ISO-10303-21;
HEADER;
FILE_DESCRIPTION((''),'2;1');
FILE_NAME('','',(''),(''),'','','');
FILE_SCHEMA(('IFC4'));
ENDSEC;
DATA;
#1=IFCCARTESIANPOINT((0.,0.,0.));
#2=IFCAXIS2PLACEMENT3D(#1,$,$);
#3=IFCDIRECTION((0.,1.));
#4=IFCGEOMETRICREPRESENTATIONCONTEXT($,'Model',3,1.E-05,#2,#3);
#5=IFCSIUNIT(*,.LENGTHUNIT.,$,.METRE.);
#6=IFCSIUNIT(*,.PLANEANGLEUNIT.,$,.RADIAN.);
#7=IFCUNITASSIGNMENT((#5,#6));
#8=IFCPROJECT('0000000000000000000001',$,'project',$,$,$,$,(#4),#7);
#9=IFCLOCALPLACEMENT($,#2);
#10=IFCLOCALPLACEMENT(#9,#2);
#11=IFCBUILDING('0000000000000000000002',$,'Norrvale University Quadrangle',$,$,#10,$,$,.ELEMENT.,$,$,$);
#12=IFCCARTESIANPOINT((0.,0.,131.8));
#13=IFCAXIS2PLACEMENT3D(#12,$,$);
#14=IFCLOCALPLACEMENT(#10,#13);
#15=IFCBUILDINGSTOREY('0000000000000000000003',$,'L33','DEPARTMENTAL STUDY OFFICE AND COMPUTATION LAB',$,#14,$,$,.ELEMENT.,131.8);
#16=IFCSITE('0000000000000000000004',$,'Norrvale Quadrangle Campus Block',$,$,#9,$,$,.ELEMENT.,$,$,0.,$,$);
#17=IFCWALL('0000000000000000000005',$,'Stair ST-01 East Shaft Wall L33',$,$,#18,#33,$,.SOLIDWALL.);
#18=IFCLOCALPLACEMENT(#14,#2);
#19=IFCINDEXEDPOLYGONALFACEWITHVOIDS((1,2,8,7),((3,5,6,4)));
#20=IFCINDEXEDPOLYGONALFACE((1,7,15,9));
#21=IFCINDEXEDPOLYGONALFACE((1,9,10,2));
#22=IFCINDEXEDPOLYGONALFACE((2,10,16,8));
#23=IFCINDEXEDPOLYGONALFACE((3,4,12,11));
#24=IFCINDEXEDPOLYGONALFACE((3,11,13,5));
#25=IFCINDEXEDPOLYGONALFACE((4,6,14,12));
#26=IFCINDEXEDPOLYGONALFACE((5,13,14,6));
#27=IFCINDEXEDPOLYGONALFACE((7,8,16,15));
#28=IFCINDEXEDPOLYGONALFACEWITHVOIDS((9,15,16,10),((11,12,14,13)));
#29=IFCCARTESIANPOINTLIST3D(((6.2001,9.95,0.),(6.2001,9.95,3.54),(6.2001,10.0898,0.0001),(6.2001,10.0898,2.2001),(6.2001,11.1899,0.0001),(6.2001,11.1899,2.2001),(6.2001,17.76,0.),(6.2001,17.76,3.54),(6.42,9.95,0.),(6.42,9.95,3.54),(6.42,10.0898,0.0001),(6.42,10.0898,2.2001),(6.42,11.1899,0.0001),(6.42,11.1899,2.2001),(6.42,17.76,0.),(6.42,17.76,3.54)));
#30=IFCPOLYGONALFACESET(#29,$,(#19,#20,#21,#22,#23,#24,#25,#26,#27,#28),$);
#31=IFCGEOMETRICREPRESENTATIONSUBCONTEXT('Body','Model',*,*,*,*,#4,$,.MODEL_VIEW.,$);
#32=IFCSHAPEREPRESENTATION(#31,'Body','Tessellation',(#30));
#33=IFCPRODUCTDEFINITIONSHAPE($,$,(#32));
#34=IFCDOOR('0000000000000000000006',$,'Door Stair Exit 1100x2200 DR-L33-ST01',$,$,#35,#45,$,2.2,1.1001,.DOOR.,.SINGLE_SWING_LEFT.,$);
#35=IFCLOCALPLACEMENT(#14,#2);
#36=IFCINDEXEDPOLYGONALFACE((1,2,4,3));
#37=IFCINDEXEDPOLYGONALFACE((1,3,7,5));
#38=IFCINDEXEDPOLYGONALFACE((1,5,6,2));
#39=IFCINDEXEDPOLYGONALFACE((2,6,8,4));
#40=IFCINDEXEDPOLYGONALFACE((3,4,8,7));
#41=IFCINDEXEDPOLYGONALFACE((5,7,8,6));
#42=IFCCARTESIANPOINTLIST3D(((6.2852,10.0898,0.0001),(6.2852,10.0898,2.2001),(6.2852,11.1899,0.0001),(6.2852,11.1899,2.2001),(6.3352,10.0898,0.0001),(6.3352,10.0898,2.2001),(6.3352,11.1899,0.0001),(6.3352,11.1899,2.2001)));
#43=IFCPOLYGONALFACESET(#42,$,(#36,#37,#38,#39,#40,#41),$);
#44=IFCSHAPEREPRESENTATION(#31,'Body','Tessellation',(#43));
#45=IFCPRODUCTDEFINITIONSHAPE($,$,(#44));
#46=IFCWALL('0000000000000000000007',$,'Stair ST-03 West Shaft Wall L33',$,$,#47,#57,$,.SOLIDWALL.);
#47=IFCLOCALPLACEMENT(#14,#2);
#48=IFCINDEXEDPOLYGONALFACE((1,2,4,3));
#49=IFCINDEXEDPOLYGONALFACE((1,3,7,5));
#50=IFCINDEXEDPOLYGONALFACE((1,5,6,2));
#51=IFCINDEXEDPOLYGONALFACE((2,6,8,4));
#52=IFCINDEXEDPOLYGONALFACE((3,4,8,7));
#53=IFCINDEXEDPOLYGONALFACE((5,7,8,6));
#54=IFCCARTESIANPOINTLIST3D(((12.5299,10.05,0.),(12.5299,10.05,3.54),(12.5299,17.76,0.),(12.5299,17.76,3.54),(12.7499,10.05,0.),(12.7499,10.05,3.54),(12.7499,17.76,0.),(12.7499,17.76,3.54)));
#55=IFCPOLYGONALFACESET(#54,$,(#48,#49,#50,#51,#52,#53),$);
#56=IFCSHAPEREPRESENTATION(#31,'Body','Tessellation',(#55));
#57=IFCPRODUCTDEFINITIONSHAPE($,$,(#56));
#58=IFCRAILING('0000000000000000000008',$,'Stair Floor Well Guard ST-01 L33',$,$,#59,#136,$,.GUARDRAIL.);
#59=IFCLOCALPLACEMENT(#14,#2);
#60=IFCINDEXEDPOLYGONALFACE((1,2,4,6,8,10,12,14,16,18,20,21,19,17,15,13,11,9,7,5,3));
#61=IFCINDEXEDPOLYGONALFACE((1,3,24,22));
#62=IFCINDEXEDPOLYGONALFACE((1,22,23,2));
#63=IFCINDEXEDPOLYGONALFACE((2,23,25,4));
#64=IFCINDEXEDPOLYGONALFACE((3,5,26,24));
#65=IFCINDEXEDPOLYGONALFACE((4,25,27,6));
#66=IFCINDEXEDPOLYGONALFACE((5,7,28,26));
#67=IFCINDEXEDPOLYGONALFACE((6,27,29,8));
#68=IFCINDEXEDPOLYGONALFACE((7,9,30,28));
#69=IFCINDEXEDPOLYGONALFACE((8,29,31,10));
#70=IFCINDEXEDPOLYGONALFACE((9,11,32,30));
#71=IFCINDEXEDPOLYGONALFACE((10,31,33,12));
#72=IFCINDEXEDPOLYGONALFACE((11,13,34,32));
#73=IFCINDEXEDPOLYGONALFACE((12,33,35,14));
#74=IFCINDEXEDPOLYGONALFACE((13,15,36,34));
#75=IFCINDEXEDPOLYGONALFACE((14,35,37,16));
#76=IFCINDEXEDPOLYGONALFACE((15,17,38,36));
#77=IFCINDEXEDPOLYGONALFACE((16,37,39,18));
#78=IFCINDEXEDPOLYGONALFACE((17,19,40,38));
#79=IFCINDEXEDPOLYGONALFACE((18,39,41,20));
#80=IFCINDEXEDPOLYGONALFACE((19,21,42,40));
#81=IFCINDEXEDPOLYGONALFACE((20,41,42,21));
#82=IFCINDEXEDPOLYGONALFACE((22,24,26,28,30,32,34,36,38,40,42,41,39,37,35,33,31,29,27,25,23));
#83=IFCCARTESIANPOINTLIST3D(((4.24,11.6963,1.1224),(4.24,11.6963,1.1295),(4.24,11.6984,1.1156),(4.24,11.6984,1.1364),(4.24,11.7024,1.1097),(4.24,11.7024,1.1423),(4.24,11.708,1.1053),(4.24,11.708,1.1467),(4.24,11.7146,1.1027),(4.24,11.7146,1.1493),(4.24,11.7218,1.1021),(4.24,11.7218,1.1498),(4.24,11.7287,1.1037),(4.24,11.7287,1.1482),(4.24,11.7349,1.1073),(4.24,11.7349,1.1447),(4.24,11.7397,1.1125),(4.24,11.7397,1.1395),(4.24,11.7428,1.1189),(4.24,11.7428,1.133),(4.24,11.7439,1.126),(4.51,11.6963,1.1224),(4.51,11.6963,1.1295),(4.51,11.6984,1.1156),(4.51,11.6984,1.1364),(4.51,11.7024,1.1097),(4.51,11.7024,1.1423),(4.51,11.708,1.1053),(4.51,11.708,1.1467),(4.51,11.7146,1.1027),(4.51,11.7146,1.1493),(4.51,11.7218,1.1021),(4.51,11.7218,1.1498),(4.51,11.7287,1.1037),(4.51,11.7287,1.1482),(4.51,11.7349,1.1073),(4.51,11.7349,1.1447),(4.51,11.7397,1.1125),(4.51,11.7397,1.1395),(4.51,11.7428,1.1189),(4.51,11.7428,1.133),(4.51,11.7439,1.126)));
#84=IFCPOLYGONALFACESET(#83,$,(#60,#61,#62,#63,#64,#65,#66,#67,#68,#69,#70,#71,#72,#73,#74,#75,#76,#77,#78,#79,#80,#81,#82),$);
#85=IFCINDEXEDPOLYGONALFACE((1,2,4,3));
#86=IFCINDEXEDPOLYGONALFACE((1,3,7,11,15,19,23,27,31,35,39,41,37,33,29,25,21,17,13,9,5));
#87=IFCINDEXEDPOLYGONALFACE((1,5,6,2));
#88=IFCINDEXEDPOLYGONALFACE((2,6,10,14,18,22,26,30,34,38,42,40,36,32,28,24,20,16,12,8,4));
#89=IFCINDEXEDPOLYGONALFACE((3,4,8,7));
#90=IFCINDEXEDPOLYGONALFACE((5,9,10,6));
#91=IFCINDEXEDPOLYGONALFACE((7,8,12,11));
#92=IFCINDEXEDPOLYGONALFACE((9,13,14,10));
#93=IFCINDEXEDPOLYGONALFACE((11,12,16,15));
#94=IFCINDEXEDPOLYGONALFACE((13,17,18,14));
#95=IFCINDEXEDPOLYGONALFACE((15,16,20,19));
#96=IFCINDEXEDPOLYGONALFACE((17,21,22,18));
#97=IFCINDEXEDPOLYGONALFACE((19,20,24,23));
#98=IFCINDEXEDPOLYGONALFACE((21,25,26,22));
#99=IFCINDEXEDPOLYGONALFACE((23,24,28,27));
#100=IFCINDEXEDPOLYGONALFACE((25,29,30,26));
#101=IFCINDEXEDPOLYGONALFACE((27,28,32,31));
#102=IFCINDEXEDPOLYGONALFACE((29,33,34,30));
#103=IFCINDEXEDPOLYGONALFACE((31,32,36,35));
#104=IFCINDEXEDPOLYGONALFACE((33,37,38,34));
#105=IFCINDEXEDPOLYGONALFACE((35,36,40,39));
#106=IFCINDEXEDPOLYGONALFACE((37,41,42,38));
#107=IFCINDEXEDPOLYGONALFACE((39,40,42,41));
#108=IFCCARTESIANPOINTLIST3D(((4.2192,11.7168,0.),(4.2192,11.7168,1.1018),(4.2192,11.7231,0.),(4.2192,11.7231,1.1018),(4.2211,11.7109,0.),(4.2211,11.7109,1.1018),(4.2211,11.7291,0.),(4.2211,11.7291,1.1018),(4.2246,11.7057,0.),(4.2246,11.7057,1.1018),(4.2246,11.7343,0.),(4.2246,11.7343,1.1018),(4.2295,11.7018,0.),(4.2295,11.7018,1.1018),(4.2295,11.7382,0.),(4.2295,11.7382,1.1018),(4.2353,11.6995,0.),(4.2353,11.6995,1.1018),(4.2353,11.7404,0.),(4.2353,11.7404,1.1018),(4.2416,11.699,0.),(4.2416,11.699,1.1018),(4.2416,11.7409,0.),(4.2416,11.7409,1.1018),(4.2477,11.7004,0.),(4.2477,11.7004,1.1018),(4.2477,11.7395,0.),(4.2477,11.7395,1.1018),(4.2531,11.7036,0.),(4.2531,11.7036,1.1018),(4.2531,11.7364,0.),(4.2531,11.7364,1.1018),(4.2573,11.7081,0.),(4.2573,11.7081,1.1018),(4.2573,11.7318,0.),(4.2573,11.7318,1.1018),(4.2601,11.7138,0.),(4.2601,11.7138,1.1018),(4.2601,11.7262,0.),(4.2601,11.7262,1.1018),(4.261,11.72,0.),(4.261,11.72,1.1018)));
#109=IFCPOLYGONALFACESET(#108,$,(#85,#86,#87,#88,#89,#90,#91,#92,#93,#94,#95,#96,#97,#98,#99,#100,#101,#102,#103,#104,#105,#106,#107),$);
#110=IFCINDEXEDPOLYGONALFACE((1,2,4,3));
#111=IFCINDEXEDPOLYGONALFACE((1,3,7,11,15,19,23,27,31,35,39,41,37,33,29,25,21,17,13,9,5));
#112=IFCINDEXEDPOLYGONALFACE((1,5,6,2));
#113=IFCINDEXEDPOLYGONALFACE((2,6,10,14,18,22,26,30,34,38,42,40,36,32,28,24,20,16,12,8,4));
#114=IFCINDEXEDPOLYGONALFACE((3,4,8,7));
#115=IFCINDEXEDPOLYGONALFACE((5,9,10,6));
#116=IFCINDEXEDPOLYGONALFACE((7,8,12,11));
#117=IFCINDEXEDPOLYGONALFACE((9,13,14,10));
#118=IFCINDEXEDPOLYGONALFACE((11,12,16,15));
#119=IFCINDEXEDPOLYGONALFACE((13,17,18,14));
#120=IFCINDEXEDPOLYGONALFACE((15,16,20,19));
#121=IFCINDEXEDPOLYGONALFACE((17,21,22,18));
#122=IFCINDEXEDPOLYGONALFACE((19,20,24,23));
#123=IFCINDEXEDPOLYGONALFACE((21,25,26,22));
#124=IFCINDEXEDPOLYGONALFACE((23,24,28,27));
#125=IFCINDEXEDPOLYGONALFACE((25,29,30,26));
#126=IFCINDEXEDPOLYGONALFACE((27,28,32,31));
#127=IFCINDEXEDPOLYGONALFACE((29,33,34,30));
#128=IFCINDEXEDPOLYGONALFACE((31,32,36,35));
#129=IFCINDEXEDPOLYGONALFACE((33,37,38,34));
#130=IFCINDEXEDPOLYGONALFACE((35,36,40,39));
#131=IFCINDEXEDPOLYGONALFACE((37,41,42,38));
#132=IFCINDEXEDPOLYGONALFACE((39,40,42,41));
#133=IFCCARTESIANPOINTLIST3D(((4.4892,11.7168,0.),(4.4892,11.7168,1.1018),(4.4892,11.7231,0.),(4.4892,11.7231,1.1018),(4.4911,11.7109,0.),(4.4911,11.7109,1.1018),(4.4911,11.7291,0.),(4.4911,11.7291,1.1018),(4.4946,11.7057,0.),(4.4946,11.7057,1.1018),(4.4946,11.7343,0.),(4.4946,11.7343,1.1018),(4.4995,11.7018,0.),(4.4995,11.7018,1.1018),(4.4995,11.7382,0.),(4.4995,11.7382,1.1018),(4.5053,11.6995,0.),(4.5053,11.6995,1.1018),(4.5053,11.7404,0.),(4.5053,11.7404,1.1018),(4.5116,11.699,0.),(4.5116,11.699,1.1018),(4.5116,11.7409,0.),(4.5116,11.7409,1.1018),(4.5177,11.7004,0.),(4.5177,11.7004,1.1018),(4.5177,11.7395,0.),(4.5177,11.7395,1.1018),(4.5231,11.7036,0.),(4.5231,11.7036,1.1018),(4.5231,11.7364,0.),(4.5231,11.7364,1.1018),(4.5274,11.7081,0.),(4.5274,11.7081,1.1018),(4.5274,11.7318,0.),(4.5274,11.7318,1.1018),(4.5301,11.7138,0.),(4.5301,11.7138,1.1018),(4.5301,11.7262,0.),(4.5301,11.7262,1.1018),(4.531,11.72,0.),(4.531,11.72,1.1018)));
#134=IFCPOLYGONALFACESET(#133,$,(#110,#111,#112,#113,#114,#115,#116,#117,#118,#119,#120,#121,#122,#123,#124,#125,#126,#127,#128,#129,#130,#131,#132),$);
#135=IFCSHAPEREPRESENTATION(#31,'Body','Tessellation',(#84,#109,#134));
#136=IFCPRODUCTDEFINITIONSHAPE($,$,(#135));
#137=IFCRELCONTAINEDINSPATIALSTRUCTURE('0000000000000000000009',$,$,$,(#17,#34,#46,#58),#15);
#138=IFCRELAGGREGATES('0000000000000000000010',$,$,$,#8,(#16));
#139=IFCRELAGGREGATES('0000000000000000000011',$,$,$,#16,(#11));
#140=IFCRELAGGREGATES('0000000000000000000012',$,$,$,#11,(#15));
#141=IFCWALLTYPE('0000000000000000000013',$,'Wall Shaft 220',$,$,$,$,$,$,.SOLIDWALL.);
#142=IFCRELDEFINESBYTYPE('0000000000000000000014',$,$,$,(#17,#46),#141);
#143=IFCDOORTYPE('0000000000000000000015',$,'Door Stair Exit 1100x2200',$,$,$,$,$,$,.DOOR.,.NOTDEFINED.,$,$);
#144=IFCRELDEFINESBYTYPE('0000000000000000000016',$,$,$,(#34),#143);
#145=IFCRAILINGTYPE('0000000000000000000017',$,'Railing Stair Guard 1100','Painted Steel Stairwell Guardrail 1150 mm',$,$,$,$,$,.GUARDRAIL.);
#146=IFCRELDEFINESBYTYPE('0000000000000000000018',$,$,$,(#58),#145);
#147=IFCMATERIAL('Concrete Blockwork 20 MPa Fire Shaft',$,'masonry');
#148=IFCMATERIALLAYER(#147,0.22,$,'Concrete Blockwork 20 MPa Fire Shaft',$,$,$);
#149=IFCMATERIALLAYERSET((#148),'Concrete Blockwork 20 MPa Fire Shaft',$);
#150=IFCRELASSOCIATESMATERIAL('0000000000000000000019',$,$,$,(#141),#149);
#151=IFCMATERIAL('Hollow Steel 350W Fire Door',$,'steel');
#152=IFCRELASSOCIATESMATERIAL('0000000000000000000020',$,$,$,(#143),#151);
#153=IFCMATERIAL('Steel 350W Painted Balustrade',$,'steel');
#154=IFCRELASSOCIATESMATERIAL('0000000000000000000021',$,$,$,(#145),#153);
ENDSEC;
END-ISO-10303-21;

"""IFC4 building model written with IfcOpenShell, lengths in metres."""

from ifc_helpers import new_model, si_unit, direction, frame, frame_2d, origin, origin_2d, place, context, subcontext, project, spatial, rectangle, circle, extrude, material, layer, layer_set, type_object, element, fill, save


model = new_model("IFC4")

# Units and contexts
model_context = context("Model", 3, precision=1e-05, world=origin(), true_north=direction((0.0, 1.0)))
body_context = subcontext(model_context, "Body", "Model", "MODEL_VIEW")
ifc_project = project(units=[si_unit("LENGTHUNIT", "METRE"), si_unit("PLANEANGLEUNIT", "RADIAN")], contexts=[model_context])

# Site, building, storey
site_placement = place(None, origin())
site = spatial("IfcSite", under=ifc_project, at=site_placement, Name="Norrvale Quadrangle Campus Block", CompositionType="ELEMENT", RefElevation=0.0)
building_placement = place(site_placement, origin())
building = spatial("IfcBuilding", under=site, at=building_placement, Name="Norrvale University Quadrangle", CompositionType="ELEMENT")
storey_placement = place(building_placement, frame((0.0, 0.0, 131.8)))
storey = spatial("IfcBuildingStorey", under=building, at=storey_placement, Name="L33", Description="DEPARTMENTAL STUDY OFFICE AND COMPUTATION LAB", CompositionType="ELEMENT", Elevation=131.8)

# Wall, opening, door
ifc_material_1 = material(Name="Concrete Blockwork 20 MPa Fire Shaft", Category="masonry")
ifc_layer_1 = layer(ifc_material_1, 0.22, Name="Concrete Blockwork 20 MPa Fire Shaft")
ifc_layer_set_1 = layer_set([ifc_layer_1], Name="Concrete Blockwork 20 MPa Fire Shaft")
wall_type_1 = type_object("IfcWallType", Name="Wall Shaft 220", PredefinedType="SOLIDWALL", material=ifc_layer_set_1)
wall_1_placement = place(storey_placement, frame((6.3101, 9.95, 0.0), z_axis=(0.0, 0.0, 1.0), x_axis=(0.0, 1.0, 0.0)))
wall_1 = element("IfcWall", 1, at=wall_1_placement, inside=storey, type_object=wall_type_1, Name="Stair ST-01 East Shaft Wall L33", PredefinedType="SOLIDWALL", context=body_context, shape_type="SweptSolid", body=[
    extrude(rectangle(XDim=7.8101, YDim=0.22, at=frame_2d((3.905, 0.0))), origin(), (0.0, 0.0, 1.0), 3.54),
])
opening_placement = place(wall_1_placement, frame((0.1399, 0.0, 0.0)))
opening = element("IfcOpeningElement", 2, at=opening_placement, cuts=wall_1, PredefinedType="OPENING", context=body_context, shape_type="SweptSolid", body=[
    extrude(rectangle(XDim=1.1001, YDim=2.2, at=frame_2d((0.55, 1.1001))), frame((0.0, 0.1221, 0.0), z_axis=(0.0, -1.0, 0.0), x_axis=(1.0, 0.0, 0.0)), (0.0, 0.0, 1.0), 0.2439),
])
ifc_material_2 = material(Name="Hollow Steel 350W Fire Door", Category="steel")
door_type = type_object("IfcDoorType", Name="Door Stair Exit 1100x2200", OperationType="NOTDEFINED", PredefinedType="DOOR", material=ifc_material_2)
door_placement = place(opening_placement, origin())
door = element("IfcDoor", 3, at=door_placement, inside=storey, type_object=door_type, Name="Door Stair Exit 1100x2200 DR-L33-ST01", OperationType="SINGLE_SWING_LEFT", OverallHeight=2.2, OverallWidth=1.1001, PredefinedType="DOOR", context=body_context, shape_type="SweptSolid", body=[
    extrude(rectangle(XDim=1.1001, YDim=2.2, at=frame_2d((0.55, 1.1001))), frame((0.0, 0.0249, 0.0), z_axis=(0.0, -1.0, 0.0), x_axis=(1.0, 0.0, 0.0)), (0.0, 0.0, 1.0), 0.05),
])
fill(opening, door)

# Wall
wall_2_placement = place(storey_placement, frame((12.6399, 10.05, 0.0), z_axis=(0.0, 0.0, 1.0), x_axis=(0.0, 1.0, 0.0)))
element("IfcWall", 4, at=wall_2_placement, inside=storey, type_object=wall_type_1, Name="Stair ST-03 West Shaft Wall L33", PredefinedType="SOLIDWALL", context=body_context, shape_type="SweptSolid", body=[
    extrude(rectangle(XDim=7.71, YDim=0.22, at=frame_2d((3.855, 0.0))), origin(), (0.0, 0.0, 1.0), 3.54),
])

# Railing
ifc_material_3 = material(Name="Steel 350W Painted Balustrade", Category="steel")
railing_type_1 = type_object("IfcRailingType", Name="Railing Stair Guard 1100", Description="Painted Steel Stairwell Guardrail 1150 mm", PredefinedType="GUARDRAIL", material=ifc_material_3)
for number, where, name in (
    (5, (4.24, 11.72, 0.0), "Stair Floor Well Guard ST-01 L33"),
):
    element("IfcRailing", number, at=place(storey_placement, frame(where)), inside=storey, type_object=railing_type_1, Name=name, PredefinedType="GUARDRAIL", context=body_context, shape_type="SweptSolid", body=[
        extrude(circle(Radius=0.0239, at=origin_2d()), frame((0.0, 0.0, 1.126), z_axis=(1.0, 0.0, 0.0), x_axis=(0.0, 1.0, 0.0)), (0.0, 0.0, 1.0), 0.27),
        extrude(circle(Radius=0.021, at=origin_2d()), origin(), (0.0, 0.0, 1.0), 1.1018),
        extrude(circle(Radius=0.021, at=origin_2d()), frame((0.27, 0.0, 0.0)), (0.0, 0.0, 1.0), 1.1018),
    ])

save(model, "model.ifc")
